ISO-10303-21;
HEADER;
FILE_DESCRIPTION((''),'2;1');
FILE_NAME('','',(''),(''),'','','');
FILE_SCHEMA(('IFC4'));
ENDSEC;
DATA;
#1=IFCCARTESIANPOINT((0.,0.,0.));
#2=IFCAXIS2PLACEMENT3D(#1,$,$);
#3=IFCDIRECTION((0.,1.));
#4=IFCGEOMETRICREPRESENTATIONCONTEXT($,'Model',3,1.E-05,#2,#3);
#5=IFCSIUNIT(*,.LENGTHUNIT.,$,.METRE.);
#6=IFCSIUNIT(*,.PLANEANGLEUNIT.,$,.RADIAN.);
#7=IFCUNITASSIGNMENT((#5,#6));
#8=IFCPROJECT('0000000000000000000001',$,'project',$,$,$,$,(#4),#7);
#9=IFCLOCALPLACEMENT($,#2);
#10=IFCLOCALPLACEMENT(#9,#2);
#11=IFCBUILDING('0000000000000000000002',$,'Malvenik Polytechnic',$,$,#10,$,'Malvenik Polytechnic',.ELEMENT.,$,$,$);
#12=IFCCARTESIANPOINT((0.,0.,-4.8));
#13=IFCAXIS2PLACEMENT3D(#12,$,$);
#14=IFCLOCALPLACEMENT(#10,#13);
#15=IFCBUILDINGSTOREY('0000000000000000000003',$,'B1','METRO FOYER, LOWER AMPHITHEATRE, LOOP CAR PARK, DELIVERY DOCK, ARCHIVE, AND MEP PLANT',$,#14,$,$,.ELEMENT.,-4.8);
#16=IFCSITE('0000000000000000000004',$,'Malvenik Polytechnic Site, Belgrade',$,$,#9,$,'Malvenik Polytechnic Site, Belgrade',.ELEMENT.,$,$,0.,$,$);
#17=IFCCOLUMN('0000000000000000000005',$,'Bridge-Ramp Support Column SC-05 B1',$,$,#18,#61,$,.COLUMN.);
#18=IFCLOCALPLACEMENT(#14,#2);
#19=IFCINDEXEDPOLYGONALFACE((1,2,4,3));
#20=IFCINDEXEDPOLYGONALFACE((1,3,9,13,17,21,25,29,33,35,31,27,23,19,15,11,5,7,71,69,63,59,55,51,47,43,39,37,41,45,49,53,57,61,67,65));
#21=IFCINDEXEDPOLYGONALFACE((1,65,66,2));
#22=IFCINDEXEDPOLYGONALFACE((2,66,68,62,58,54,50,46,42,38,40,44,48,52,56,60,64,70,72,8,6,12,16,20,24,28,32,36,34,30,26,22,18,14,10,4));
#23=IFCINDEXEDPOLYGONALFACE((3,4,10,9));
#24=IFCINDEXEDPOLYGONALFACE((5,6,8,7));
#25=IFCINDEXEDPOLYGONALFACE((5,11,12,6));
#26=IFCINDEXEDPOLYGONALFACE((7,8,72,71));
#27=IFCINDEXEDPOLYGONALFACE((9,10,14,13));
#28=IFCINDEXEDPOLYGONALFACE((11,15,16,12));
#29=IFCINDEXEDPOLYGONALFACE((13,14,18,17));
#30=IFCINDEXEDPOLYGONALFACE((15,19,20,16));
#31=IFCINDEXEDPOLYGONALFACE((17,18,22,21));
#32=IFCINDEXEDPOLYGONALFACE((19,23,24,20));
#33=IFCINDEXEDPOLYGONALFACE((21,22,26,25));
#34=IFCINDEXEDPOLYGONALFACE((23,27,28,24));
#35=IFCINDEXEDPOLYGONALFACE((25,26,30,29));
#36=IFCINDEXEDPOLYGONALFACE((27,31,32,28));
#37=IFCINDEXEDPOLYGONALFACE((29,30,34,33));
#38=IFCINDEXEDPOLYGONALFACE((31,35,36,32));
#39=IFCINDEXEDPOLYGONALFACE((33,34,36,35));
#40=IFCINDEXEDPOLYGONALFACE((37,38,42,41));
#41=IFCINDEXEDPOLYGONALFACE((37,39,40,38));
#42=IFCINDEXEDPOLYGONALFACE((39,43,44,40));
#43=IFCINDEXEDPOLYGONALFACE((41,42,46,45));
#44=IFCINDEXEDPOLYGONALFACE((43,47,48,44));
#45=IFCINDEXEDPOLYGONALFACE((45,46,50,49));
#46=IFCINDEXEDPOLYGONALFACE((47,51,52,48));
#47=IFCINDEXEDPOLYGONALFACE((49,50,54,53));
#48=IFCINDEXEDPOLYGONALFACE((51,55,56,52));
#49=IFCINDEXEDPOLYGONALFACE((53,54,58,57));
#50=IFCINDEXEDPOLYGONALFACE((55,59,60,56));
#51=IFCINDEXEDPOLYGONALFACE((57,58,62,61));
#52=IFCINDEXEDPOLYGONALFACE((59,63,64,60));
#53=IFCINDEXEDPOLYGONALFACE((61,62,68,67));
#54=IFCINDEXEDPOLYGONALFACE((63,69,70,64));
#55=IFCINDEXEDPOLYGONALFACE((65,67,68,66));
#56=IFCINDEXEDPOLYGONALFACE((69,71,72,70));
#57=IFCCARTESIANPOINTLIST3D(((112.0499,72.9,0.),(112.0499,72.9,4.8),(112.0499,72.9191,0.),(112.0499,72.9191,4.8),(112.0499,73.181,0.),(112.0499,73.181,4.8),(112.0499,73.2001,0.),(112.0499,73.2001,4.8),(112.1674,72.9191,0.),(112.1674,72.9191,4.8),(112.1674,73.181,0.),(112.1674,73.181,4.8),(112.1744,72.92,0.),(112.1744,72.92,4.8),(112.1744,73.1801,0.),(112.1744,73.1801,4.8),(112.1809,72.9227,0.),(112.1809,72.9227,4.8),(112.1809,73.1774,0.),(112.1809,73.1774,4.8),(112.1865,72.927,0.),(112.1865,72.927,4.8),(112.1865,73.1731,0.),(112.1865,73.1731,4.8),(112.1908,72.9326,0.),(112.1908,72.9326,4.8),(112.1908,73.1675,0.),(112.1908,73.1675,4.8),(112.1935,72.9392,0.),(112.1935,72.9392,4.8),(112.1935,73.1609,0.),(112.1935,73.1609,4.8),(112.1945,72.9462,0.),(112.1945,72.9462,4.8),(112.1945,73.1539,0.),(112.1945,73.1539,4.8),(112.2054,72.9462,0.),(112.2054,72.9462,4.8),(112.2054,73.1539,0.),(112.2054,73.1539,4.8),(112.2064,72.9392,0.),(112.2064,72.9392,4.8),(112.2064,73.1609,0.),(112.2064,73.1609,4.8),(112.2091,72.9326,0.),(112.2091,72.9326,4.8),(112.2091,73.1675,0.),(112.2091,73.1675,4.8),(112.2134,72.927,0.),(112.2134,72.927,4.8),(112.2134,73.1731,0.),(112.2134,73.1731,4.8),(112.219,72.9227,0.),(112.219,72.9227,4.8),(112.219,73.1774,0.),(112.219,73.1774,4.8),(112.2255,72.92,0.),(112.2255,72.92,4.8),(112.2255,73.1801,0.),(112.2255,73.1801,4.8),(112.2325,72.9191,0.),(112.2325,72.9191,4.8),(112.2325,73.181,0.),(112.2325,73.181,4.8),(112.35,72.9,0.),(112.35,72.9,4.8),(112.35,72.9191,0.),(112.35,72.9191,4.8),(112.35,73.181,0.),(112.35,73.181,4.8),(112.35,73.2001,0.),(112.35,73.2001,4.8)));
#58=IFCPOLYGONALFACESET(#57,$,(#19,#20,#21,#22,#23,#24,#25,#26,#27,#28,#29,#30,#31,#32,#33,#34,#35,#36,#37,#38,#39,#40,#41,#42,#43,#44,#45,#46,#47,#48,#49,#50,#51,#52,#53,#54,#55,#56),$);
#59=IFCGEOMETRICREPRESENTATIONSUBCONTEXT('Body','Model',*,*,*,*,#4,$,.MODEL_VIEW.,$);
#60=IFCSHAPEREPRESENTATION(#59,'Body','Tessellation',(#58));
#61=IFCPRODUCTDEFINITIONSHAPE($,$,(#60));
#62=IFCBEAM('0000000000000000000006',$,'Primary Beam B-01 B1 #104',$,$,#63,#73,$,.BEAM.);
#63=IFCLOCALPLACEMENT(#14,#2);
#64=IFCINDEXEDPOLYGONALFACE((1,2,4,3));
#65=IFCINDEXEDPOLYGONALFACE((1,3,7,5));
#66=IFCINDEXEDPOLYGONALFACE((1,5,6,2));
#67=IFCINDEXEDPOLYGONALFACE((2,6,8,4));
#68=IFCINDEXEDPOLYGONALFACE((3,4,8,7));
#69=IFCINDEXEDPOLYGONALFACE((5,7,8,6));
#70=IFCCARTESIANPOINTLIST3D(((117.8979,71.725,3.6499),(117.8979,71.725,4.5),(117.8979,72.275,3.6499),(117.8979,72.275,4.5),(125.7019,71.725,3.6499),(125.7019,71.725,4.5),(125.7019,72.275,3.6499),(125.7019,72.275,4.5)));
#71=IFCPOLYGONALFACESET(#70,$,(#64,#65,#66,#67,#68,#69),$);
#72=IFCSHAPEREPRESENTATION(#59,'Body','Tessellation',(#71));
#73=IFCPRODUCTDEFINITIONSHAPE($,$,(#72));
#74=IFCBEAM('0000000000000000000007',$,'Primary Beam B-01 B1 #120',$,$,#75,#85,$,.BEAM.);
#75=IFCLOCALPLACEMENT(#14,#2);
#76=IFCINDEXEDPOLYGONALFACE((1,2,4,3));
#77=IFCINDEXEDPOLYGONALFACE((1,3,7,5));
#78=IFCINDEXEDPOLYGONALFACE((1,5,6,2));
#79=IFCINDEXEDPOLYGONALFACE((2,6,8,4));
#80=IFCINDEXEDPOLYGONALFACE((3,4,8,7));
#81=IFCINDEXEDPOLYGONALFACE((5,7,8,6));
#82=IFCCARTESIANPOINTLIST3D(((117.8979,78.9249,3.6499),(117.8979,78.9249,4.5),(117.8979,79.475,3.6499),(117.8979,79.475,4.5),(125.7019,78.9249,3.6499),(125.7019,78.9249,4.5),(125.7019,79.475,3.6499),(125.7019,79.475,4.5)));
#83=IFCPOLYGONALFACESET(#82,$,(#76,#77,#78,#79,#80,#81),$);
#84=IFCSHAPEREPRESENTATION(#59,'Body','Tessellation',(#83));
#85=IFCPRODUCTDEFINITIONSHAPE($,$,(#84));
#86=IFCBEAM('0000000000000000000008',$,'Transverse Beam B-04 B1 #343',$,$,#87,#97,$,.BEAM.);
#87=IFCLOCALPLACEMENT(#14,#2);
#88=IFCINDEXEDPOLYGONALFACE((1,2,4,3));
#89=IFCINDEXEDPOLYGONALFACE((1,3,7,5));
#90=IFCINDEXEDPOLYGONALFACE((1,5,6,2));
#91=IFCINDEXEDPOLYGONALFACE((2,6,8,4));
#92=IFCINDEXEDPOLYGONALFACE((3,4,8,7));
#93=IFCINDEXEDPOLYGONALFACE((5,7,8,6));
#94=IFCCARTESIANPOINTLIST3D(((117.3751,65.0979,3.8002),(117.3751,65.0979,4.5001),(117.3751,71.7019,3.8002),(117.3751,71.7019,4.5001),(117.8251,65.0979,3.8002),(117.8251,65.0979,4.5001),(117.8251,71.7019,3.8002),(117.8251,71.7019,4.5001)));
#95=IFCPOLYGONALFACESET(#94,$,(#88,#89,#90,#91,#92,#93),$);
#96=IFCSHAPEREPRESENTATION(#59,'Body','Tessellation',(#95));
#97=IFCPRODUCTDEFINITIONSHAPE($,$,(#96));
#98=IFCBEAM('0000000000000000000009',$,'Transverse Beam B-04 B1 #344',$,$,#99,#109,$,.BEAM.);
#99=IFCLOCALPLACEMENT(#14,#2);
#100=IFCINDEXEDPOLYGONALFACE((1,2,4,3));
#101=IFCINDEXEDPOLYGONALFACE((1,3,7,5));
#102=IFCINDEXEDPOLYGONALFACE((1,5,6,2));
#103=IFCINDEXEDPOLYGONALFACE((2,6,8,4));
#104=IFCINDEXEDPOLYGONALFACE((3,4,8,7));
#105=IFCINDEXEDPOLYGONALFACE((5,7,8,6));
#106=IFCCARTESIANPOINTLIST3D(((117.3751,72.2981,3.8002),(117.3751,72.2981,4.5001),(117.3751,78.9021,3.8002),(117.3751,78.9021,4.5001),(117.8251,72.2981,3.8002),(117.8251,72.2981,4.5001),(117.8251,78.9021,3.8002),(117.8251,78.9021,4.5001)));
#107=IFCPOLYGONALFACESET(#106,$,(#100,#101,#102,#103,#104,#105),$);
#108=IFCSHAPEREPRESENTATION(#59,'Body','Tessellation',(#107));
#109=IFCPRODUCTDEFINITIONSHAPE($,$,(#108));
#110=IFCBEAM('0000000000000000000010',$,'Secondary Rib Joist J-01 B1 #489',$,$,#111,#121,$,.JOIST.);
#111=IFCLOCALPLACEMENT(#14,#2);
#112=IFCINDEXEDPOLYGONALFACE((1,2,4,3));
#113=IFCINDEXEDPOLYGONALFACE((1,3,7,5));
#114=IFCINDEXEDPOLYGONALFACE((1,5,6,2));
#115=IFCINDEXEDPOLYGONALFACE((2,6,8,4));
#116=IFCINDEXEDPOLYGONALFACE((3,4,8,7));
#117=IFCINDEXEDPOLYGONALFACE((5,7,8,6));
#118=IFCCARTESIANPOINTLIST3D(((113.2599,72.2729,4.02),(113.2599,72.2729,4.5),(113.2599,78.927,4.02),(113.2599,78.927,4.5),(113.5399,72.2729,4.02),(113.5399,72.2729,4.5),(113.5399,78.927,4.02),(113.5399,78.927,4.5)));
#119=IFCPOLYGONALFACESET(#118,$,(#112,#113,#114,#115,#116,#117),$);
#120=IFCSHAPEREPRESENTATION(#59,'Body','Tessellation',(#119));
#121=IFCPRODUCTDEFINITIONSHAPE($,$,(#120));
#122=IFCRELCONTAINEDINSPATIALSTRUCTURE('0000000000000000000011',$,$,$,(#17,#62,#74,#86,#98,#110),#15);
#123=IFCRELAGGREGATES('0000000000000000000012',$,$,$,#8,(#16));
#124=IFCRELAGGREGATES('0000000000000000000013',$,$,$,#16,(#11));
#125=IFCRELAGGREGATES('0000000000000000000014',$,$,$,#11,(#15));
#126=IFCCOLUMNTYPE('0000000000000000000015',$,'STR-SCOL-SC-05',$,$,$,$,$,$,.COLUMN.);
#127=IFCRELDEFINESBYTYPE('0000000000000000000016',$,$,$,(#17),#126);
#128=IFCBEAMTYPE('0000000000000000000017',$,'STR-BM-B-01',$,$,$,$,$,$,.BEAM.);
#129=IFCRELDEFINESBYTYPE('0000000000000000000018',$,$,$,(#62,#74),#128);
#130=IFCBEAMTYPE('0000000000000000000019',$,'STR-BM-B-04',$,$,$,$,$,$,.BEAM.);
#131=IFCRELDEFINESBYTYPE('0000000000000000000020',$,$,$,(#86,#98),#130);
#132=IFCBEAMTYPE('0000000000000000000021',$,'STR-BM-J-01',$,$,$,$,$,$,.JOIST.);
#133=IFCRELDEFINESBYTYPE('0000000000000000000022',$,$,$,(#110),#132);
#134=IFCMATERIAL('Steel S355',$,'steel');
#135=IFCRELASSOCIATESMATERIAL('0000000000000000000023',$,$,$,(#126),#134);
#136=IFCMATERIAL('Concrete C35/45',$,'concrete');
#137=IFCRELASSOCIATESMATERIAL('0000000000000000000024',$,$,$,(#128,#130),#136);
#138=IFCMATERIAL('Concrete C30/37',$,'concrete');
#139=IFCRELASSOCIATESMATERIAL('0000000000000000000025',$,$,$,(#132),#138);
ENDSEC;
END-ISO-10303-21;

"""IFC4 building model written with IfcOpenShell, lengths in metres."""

from ifc_helpers import new_model, si_unit, direction, frame, origin, origin_2d, place, context, subcontext, project, spatial, rectangle, i_section, extrude, material, material_profile, profile_set, type_object, element, save


model = new_model("IFC4")

# Units and contexts
model_context = context("Model", 3, precision=1e-05, world=origin(), true_north=direction((0.0, 1.0)))
body_context = subcontext(model_context, "Body", "Model", "MODEL_VIEW")
ifc_project = project(units=[si_unit("LENGTHUNIT", "METRE"), si_unit("PLANEANGLEUNIT", "RADIAN")], contexts=[model_context])

# Site, building, storey
site_placement = place(None, origin())
site = spatial("IfcSite", under=ifc_project, at=site_placement, Name="Malvenik Polytechnic Site, Belgrade", LongName="Malvenik Polytechnic Site, Belgrade", CompositionType="ELEMENT", RefElevation=0.0)
building_placement = place(site_placement, origin())
building = spatial("IfcBuilding", under=site, at=building_placement, Name="Malvenik Polytechnic", LongName="Malvenik Polytechnic", CompositionType="ELEMENT")
storey_placement = place(building_placement, frame((0.0, 0.0, -4.8)))
storey = spatial("IfcBuildingStorey", under=building, at=storey_placement, Name="B1", Description="METRO FOYER, LOWER AMPHITHEATRE, LOOP CAR PARK, DELIVERY DOCK, ARCHIVE, AND MEP PLANT", CompositionType="ELEMENT", Elevation=-4.8)

# Shared definitions
ifc_material_1 = material(Name="Concrete C35/45", Category="concrete")

# Column
ifc_material_2 = material(Name="Steel S355", Category="steel")
ifc_material_profile_1 = material_profile(ifc_material_2, i_section(OverallWidth=0.3, OverallDepth=0.3, WebThickness=0.011, FlangeThickness=0.019, FilletRadius=0.0271, at=origin_2d()), Name="HEB 300")
ifc_profile_set_1 = profile_set([ifc_material_profile_1], Name="Steel S355")
column_type_1 = type_object("IfcColumnType", Name="STR-SCOL-SC-05", PredefinedType="COLUMN", material=ifc_profile_set_1)
for number, where, z_axis, x_axis, name in (
    (1, (112.2, 73.05, 0.0), (0.0, 0.0, 1.0), (1.0, 0.0, 0.0), "Bridge-Ramp Support Column SC-05 B1"),
):
    element("IfcColumn", number, at=place(storey_placement, frame(where, z_axis=z_axis, x_axis=x_axis)), inside=storey, type_object=column_type_1, Name=name, PredefinedType="COLUMN", context=body_context, shape_type="SweptSolid", body=[
        extrude(i_section(OverallWidth=0.3, OverallDepth=0.3, WebThickness=0.011, FlangeThickness=0.019, FilletRadius=0.0271, at=origin_2d()), origin(), (0.0, 0.0, 1.0), 4.8),
    ])

# Beams
ifc_material_profile_2 = material_profile(ifc_material_1, rectangle(XDim=0.55, YDim=0.8501, at=origin_2d()), Name="RC BM 550x850")
ifc_profile_set_2 = profile_set([ifc_material_profile_2], Name="Concrete C35/45")
beam_type_1 = type_object("IfcBeamType", Name="STR-BM-B-01", PredefinedType="BEAM", material=ifc_profile_set_2)
for number, where, z_axis, x_axis, name in (
    (2, (117.8979, 72.0, 4.075), (1.0, 0.0, 0.0), (0.0, 1.0, 0.0), "Primary Beam B-01 B1 #104"),
    (3, (117.8979, 79.2, 4.075), (1.0, 0.0, 0.0), (0.0, 1.0, 0.0), "Primary Beam B-01 B1 #120"),
):
    element("IfcBeam", number, at=place(storey_placement, frame(where, z_axis=z_axis, x_axis=x_axis)), inside=storey, type_object=beam_type_1, Name=name, PredefinedType="BEAM", context=body_context, shape_type="SweptSolid", body=[
        extrude(rectangle(XDim=0.55, YDim=0.8501, at=origin_2d()), origin(), (0.0, 0.0, 1.0), 7.804),
    ])
ifc_material_profile_3 = material_profile(ifc_material_1, rectangle(XDim=0.45, YDim=0.7, at=origin_2d()), Name="RC BM 450x700")
ifc_profile_set_3 = profile_set([ifc_material_profile_3], Name="Concrete C35/45")
beam_type_2 = type_object("IfcBeamType", Name="STR-BM-B-04", PredefinedType="BEAM", material=ifc_profile_set_3)
for number, where, z_axis, x_axis, name in (
    (4, (117.6001, 65.0979, 4.1501), (0.0, 1.0, 0.0), (-1.0, 0.0, 0.0), "Transverse Beam B-04 B1 #343"),
    (5, (117.6001, 72.2981, 4.1501), (0.0, 1.0, 0.0), (-1.0, 0.0, 0.0), "Transverse Beam B-04 B1 #344"),
):
    element("IfcBeam", number, at=place(storey_placement, frame(where, z_axis=z_axis, x_axis=x_axis)), inside=storey, type_object=beam_type_2, Name=name, PredefinedType="BEAM", context=body_context, shape_type="SweptSolid", body=[
        extrude(rectangle(XDim=0.45, YDim=0.7, at=origin_2d()), origin(), (0.0, 0.0, 1.0), 6.604),
    ])
ifc_material_3 = material(Name="Concrete C30/37", Category="concrete")
ifc_material_profile_4 = material_profile(ifc_material_3, rectangle(XDim=0.28, YDim=0.48, at=origin_2d()), Name="RC JST 280x480")
ifc_profile_set_4 = profile_set([ifc_material_profile_4], Name="Concrete C30/37")
beam_type_3 = type_object("IfcBeamType", Name="STR-BM-J-01", PredefinedType="JOIST", material=ifc_profile_set_4)
beam_placement = place(storey_placement, frame((113.3999, 72.2729, 4.26), z_axis=(0.0, 1.0, 0.0), x_axis=(-1.0, 0.0, 0.0)))
element("IfcBeam", 6, at=beam_placement, inside=storey, type_object=beam_type_3, Name="Secondary Rib Joist J-01 B1 #489", PredefinedType="JOIST", context=body_context, shape_type="SweptSolid", body=[
    extrude(rectangle(XDim=0.28, YDim=0.48, at=origin_2d()), origin(), (0.0, 0.0, 1.0), 6.6541),
])

save(model, "model.ifc")
